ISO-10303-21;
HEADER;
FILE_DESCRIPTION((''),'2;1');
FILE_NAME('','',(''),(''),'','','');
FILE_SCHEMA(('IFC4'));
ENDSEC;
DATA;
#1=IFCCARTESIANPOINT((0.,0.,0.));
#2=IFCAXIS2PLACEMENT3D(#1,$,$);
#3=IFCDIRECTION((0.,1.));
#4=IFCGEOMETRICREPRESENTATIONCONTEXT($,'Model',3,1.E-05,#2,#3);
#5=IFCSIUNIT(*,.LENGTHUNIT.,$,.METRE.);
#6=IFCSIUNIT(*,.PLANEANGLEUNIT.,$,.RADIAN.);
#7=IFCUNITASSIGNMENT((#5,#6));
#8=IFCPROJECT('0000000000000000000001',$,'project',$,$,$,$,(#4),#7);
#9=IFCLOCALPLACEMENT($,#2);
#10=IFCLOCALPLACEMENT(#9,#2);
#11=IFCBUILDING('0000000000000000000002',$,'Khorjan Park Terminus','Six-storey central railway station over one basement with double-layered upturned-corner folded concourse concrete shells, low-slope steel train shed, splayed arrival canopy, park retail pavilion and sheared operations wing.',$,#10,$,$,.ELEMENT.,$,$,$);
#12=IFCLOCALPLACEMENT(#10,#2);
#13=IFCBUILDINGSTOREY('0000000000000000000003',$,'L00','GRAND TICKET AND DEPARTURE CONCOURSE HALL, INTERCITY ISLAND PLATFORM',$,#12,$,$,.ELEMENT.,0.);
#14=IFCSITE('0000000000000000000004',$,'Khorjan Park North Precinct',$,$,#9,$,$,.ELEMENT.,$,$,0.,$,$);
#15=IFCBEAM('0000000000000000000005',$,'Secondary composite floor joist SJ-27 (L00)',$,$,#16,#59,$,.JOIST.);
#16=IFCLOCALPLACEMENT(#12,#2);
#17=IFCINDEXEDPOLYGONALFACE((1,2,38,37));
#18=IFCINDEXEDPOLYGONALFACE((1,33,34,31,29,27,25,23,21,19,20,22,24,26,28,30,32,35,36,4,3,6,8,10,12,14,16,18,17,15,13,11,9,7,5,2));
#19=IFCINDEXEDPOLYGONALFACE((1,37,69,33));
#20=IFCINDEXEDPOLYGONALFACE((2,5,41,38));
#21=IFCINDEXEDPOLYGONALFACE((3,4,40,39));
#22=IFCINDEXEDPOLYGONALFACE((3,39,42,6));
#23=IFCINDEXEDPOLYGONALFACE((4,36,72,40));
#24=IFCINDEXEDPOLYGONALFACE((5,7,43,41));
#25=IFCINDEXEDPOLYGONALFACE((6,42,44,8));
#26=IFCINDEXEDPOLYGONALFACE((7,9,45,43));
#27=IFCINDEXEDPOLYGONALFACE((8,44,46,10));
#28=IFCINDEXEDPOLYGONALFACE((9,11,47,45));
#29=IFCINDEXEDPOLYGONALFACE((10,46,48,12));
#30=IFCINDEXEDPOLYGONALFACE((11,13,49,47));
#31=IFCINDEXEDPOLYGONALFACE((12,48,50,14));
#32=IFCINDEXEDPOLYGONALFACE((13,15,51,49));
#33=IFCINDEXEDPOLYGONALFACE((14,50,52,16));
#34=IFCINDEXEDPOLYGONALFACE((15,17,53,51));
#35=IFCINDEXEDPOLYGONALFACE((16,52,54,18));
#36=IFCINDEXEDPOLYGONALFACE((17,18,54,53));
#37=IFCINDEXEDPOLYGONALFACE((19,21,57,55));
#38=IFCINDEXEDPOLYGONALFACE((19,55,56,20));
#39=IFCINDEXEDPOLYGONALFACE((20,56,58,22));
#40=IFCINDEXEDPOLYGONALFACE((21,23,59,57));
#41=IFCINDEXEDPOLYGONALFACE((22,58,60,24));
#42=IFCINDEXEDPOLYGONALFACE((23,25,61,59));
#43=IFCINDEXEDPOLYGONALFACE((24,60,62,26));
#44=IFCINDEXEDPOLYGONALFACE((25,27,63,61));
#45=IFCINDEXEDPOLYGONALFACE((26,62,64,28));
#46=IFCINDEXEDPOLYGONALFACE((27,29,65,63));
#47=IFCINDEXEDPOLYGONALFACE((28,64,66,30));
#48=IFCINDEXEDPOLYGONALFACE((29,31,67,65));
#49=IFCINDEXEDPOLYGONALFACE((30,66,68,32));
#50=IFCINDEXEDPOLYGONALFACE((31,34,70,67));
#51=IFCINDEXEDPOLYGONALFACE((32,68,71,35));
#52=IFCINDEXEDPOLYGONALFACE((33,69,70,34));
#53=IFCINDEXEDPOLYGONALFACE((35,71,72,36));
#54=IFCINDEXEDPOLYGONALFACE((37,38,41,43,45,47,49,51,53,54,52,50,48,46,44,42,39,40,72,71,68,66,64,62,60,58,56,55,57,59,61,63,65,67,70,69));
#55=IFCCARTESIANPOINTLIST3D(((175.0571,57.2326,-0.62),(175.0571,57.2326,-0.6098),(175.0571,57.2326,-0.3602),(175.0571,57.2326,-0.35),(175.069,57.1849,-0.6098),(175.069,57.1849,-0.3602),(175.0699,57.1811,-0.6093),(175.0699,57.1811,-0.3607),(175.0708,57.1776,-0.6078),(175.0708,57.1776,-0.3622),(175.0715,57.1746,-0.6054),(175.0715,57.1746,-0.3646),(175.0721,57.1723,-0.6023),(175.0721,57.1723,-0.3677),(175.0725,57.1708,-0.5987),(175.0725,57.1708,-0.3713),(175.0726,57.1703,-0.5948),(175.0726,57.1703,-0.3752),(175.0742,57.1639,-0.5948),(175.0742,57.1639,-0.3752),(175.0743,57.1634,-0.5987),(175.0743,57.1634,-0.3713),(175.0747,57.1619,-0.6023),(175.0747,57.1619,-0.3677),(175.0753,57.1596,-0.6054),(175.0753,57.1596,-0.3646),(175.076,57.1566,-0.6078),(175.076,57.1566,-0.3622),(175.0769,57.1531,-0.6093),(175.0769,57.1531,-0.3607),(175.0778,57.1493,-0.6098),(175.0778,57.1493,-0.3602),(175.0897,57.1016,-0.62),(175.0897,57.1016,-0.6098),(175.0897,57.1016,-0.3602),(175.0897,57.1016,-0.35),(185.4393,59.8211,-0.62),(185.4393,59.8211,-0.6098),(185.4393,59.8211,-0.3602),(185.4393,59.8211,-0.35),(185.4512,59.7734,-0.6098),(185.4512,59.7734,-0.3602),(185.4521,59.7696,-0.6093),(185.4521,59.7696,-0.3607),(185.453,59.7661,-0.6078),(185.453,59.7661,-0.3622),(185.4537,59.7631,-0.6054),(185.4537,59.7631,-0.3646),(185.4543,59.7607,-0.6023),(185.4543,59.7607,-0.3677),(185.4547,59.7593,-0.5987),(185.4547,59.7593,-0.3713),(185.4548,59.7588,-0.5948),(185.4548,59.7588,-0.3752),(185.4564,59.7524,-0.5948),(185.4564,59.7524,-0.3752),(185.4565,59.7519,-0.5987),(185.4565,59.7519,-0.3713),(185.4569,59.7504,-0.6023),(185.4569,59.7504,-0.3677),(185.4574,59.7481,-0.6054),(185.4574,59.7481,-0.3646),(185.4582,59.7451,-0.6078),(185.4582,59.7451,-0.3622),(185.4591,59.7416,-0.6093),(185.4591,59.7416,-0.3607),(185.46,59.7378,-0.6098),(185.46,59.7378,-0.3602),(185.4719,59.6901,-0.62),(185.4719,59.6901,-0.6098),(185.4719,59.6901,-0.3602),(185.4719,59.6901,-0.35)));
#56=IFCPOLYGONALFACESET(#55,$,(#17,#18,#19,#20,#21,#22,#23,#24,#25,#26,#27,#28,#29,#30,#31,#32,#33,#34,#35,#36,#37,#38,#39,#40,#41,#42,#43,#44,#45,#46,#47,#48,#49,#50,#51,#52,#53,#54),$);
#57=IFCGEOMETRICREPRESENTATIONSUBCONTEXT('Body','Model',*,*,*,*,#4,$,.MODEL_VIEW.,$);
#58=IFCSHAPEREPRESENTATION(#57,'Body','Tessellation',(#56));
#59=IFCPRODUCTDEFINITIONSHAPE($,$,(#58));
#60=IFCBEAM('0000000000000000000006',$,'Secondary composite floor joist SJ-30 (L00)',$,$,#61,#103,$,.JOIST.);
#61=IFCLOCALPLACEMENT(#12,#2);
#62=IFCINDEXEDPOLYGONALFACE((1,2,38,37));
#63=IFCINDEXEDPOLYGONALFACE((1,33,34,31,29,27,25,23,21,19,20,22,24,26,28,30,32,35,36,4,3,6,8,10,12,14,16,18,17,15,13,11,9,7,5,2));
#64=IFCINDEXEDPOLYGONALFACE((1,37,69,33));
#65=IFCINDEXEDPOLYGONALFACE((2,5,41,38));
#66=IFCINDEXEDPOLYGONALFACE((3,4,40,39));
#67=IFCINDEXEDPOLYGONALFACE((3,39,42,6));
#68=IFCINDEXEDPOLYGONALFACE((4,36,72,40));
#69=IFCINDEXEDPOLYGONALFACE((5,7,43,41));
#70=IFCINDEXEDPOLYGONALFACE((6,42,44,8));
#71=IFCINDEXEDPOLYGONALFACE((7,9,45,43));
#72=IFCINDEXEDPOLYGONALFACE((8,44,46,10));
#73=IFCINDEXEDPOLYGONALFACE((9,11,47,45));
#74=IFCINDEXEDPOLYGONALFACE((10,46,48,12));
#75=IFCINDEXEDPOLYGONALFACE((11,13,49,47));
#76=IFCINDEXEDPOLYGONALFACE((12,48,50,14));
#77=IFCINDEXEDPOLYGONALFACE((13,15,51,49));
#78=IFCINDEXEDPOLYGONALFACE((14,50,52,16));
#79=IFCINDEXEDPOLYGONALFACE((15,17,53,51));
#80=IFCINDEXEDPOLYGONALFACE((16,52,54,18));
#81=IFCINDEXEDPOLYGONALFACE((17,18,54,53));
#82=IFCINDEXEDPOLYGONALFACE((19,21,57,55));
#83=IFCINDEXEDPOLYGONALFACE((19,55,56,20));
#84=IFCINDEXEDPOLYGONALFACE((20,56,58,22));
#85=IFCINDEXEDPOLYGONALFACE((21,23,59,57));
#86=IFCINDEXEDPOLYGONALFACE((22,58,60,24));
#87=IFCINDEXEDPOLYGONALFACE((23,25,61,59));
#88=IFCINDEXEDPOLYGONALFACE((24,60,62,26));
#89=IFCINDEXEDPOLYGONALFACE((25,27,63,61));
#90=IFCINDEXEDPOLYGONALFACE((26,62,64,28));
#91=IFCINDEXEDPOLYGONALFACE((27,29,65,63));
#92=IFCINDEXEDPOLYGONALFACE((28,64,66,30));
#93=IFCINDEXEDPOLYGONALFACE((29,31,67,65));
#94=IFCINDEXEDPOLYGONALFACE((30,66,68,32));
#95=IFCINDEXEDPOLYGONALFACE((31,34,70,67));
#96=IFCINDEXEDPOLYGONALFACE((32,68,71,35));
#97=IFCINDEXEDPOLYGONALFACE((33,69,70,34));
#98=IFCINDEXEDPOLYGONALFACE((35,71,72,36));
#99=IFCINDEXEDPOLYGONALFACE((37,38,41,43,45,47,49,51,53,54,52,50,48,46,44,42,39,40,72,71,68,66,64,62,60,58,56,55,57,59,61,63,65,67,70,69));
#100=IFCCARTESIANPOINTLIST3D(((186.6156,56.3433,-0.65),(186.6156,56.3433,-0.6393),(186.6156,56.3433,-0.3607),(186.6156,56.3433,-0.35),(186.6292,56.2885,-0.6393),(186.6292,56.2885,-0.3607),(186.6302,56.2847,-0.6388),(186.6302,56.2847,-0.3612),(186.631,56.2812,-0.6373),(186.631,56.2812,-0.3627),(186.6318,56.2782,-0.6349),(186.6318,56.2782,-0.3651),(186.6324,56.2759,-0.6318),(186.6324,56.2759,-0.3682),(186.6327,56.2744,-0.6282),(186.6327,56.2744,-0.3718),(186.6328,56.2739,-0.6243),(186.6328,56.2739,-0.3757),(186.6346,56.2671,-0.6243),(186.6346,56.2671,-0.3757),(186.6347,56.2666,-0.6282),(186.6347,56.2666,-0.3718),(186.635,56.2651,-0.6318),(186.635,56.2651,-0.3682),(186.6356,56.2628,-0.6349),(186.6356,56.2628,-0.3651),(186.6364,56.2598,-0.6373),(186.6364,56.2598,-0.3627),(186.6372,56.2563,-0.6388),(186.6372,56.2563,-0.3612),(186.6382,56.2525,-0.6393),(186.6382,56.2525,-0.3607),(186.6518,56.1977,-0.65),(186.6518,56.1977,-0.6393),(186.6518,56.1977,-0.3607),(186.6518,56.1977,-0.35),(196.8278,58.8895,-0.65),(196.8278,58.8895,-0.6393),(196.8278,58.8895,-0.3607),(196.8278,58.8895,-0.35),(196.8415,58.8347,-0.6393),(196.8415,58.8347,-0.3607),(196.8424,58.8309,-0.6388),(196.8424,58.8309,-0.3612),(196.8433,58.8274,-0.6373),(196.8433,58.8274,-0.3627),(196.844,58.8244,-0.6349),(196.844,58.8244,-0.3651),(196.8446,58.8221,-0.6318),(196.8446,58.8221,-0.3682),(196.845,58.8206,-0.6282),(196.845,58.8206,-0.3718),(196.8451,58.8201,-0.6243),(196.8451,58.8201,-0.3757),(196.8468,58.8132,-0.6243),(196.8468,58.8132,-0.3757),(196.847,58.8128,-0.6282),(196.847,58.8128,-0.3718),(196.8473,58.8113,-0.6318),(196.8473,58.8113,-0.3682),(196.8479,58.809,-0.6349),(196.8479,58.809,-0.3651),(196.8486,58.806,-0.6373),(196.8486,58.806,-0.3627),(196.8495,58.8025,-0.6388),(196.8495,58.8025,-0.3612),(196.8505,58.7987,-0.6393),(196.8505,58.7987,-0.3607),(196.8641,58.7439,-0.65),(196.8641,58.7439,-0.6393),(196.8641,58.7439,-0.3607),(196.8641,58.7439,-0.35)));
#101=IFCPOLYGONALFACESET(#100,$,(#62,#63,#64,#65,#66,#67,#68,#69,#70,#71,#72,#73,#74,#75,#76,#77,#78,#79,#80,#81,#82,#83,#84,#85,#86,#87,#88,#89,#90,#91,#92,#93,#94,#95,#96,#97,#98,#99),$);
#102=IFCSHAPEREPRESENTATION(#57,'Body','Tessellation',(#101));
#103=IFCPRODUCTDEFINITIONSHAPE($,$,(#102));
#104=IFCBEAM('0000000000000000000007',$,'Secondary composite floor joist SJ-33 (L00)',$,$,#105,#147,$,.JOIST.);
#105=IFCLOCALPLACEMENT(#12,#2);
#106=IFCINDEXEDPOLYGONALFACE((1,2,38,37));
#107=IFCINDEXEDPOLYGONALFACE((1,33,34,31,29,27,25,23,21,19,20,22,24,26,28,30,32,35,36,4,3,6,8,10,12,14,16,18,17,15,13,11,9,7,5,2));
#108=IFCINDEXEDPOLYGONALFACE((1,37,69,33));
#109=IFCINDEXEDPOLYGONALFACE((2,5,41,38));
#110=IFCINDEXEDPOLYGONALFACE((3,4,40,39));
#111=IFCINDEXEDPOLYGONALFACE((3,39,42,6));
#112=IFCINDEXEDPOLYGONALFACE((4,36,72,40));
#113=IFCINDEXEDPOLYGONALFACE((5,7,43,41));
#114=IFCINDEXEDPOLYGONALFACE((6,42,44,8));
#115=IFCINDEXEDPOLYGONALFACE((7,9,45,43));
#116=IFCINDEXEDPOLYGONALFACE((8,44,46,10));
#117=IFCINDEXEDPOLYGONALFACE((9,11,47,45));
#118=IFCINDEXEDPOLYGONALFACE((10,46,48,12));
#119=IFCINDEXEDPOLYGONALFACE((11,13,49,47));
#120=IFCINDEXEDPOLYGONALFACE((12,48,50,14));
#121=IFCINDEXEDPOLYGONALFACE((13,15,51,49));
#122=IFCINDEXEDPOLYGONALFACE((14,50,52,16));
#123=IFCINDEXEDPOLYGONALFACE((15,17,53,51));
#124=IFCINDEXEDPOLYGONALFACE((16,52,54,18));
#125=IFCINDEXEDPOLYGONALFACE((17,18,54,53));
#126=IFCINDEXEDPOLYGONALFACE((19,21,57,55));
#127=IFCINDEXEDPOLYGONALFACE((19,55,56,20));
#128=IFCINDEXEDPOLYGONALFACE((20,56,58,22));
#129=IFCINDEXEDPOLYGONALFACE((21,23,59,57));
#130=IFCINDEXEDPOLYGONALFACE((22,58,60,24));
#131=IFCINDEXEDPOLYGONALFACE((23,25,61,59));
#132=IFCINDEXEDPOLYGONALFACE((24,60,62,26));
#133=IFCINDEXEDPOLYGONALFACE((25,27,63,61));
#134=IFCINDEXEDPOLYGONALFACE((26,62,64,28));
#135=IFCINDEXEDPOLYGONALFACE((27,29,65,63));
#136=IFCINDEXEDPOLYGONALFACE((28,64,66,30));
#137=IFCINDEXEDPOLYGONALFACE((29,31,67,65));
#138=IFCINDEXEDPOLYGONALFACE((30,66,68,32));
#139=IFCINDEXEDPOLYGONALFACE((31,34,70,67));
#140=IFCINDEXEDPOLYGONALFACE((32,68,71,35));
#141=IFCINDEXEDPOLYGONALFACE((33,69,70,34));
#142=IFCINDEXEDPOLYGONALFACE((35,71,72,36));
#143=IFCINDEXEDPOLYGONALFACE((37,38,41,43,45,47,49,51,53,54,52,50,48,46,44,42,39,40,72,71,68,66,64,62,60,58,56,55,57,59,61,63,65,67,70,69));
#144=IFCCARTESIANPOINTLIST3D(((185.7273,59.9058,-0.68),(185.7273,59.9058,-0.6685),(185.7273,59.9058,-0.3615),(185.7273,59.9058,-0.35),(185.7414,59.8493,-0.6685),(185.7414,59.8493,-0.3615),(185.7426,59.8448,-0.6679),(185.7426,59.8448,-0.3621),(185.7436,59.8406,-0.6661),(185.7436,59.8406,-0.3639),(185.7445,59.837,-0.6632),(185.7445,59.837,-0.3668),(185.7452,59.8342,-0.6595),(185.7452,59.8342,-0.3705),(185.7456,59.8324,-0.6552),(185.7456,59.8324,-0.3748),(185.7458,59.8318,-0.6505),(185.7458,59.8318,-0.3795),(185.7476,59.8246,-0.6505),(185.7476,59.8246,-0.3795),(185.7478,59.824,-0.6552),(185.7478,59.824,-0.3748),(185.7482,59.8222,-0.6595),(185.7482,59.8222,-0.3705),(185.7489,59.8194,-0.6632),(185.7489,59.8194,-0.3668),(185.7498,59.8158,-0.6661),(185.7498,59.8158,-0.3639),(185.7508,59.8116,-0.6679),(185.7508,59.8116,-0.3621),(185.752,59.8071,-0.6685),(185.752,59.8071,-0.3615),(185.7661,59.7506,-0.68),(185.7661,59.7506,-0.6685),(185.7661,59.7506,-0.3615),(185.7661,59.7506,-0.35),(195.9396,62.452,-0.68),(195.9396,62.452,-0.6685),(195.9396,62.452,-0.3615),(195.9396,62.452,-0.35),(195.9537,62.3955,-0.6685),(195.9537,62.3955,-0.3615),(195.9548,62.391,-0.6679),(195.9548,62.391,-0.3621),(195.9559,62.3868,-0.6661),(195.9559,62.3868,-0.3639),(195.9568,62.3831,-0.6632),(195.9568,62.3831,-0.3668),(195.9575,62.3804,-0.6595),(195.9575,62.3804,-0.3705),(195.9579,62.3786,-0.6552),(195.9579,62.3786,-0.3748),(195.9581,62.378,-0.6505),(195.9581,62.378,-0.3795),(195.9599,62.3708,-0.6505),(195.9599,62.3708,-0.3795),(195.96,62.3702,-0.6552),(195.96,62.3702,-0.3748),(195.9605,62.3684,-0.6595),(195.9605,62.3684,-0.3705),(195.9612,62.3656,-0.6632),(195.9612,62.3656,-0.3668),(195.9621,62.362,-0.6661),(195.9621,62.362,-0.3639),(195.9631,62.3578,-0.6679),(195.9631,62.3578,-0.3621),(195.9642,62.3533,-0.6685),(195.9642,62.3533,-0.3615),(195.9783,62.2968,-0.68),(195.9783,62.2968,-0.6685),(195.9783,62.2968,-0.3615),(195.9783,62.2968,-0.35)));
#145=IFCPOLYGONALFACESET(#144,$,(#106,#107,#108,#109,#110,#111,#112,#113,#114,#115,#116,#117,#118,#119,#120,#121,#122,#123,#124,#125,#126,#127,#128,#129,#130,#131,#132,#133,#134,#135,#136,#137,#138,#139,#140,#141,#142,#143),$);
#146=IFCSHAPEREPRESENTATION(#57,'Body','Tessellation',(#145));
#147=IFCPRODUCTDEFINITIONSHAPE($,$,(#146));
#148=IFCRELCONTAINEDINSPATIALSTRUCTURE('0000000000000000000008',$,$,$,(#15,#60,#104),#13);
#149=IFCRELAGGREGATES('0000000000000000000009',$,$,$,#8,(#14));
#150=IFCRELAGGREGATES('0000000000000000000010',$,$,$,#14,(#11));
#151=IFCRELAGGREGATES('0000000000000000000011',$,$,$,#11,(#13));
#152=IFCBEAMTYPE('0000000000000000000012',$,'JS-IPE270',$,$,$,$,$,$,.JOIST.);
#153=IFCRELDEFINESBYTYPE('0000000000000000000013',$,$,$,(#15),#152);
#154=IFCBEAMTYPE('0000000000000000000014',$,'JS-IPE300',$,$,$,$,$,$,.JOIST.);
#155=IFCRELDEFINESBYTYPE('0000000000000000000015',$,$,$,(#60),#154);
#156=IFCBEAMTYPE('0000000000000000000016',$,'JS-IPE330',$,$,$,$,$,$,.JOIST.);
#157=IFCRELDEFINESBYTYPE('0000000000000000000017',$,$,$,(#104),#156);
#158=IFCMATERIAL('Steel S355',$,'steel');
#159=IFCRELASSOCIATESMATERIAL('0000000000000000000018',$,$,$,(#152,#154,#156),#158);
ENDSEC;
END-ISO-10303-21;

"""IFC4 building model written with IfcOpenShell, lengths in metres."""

from ifc_helpers import new_model, si_unit, direction, frame, origin, origin_2d, place, context, subcontext, project, spatial, i_section, extrude, material, material_profile, profile_set, type_object, element, save


model = new_model("IFC4")

# Units and contexts
model_context = context("Model", 3, precision=1e-05, world=origin(), true_north=direction((0.0, 1.0)))
body_context = subcontext(model_context, "Body", "Model", "MODEL_VIEW")
ifc_project = project(units=[si_unit("LENGTHUNIT", "METRE"), si_unit("PLANEANGLEUNIT", "RADIAN")], contexts=[model_context])

# Site, building, storey
site_placement = place(None, origin())
site = spatial("IfcSite", under=ifc_project, at=site_placement, Name="Khorjan Park North Precinct", CompositionType="ELEMENT", RefElevation=0.0)
building_placement = place(site_placement, origin())
building = spatial("IfcBuilding", under=site, at=building_placement, Name="Khorjan Park Terminus", Description="Six-storey central railway station over one basement with double-layered upturned-corner folded concourse concrete shells, low-slope steel train shed, splayed arrival canopy, park retail pavilion and sheared operations wing.", CompositionType="ELEMENT")
storey_placement = place(building_placement, origin())
storey = spatial("IfcBuildingStorey", under=building, at=storey_placement, Name="L00", Description="GRAND TICKET AND DEPARTURE CONCOURSE HALL, INTERCITY ISLAND PLATFORM", CompositionType="ELEMENT", Elevation=0.0)

# Beams
ifc_material_1 = material(Name="Steel S355", Category="steel")
ifc_material_profile_1 = material_profile(ifc_material_1, i_section(OverallWidth=0.135, OverallDepth=0.27, WebThickness=0.0066, FlangeThickness=0.0102, FilletRadius=0.015, at=origin_2d()), Name="IPE 270")
ifc_profile_set_1 = profile_set([ifc_material_profile_1], Name="Steel S355")
beam_type_1 = type_object("IfcBeamType", Name="JS-IPE270", PredefinedType="JOIST", material=ifc_profile_set_1)
beam_1_placement = place(storey_placement, frame((175.0734, 57.1671, -0.485), z_axis=(0.970297, 0.241915, 0.0), x_axis=(-0.241915, 0.970297, 0.0)))
element("IfcBeam", 1, at=beam_1_placement, inside=storey, type_object=beam_type_1, Name="Secondary composite floor joist SJ-27 (L00)", PredefinedType="JOIST", context=body_context, shape_type="SweptSolid", body=[
    extrude(i_section(OverallWidth=0.135, OverallDepth=0.27, WebThickness=0.0066, FlangeThickness=0.0102, FilletRadius=0.015, at=origin_2d()), origin(), (0.0, 0.0, 1.0), 10.7),
])
ifc_material_profile_2 = material_profile(ifc_material_1, i_section(OverallWidth=0.15, OverallDepth=0.3, WebThickness=0.0071, FlangeThickness=0.0107, FilletRadius=0.015, at=origin_2d()), Name="IPE 300")
ifc_profile_set_2 = profile_set([ifc_material_profile_2], Name="Steel S355")
beam_type_2 = type_object("IfcBeamType", Name="JS-IPE300", PredefinedType="JOIST", material=ifc_profile_set_2)
beam_2_placement = place(storey_placement, frame((186.6337, 56.2705, -0.5), z_axis=(0.970296, 0.241921, 0.0), x_axis=(-0.241921, 0.970296, 0.0)))
element("IfcBeam", 2, at=beam_2_placement, inside=storey, type_object=beam_type_2, Name="Secondary composite floor joist SJ-30 (L00)", PredefinedType="JOIST", context=body_context, shape_type="SweptSolid", body=[
    extrude(i_section(OverallWidth=0.15, OverallDepth=0.3, WebThickness=0.0071, FlangeThickness=0.0107, FilletRadius=0.015, at=origin_2d()), origin(), (0.0, 0.0, 1.0), 10.5249),
])
ifc_material_profile_3 = material_profile(ifc_material_1, i_section(OverallWidth=0.16, OverallDepth=0.33, WebThickness=0.0075, FlangeThickness=0.0115, FilletRadius=0.018, at=origin_2d()), Name="IPE 330")
ifc_profile_set_3 = profile_set([ifc_material_profile_3], Name="Steel S355")
beam_type_3 = type_object("IfcBeamType", Name="JS-IPE330", PredefinedType="JOIST", material=ifc_profile_set_3)
beam_3_placement = place(storey_placement, frame((185.7467, 59.8282, -0.515), z_axis=(0.970296, 0.241921, 0.0), x_axis=(-0.241921, 0.970296, 0.0)))
element("IfcBeam", 3, at=beam_3_placement, inside=storey, type_object=beam_type_3, Name="Secondary composite floor joist SJ-33 (L00)", PredefinedType="JOIST", context=body_context, shape_type="SweptSolid", body=[
    extrude(i_section(OverallWidth=0.16, OverallDepth=0.33, WebThickness=0.0075, FlangeThickness=0.0115, FilletRadius=0.018, at=origin_2d()), origin(), (0.0, 0.0, 1.0), 10.5249),
])

save(model, "model.ifc")
